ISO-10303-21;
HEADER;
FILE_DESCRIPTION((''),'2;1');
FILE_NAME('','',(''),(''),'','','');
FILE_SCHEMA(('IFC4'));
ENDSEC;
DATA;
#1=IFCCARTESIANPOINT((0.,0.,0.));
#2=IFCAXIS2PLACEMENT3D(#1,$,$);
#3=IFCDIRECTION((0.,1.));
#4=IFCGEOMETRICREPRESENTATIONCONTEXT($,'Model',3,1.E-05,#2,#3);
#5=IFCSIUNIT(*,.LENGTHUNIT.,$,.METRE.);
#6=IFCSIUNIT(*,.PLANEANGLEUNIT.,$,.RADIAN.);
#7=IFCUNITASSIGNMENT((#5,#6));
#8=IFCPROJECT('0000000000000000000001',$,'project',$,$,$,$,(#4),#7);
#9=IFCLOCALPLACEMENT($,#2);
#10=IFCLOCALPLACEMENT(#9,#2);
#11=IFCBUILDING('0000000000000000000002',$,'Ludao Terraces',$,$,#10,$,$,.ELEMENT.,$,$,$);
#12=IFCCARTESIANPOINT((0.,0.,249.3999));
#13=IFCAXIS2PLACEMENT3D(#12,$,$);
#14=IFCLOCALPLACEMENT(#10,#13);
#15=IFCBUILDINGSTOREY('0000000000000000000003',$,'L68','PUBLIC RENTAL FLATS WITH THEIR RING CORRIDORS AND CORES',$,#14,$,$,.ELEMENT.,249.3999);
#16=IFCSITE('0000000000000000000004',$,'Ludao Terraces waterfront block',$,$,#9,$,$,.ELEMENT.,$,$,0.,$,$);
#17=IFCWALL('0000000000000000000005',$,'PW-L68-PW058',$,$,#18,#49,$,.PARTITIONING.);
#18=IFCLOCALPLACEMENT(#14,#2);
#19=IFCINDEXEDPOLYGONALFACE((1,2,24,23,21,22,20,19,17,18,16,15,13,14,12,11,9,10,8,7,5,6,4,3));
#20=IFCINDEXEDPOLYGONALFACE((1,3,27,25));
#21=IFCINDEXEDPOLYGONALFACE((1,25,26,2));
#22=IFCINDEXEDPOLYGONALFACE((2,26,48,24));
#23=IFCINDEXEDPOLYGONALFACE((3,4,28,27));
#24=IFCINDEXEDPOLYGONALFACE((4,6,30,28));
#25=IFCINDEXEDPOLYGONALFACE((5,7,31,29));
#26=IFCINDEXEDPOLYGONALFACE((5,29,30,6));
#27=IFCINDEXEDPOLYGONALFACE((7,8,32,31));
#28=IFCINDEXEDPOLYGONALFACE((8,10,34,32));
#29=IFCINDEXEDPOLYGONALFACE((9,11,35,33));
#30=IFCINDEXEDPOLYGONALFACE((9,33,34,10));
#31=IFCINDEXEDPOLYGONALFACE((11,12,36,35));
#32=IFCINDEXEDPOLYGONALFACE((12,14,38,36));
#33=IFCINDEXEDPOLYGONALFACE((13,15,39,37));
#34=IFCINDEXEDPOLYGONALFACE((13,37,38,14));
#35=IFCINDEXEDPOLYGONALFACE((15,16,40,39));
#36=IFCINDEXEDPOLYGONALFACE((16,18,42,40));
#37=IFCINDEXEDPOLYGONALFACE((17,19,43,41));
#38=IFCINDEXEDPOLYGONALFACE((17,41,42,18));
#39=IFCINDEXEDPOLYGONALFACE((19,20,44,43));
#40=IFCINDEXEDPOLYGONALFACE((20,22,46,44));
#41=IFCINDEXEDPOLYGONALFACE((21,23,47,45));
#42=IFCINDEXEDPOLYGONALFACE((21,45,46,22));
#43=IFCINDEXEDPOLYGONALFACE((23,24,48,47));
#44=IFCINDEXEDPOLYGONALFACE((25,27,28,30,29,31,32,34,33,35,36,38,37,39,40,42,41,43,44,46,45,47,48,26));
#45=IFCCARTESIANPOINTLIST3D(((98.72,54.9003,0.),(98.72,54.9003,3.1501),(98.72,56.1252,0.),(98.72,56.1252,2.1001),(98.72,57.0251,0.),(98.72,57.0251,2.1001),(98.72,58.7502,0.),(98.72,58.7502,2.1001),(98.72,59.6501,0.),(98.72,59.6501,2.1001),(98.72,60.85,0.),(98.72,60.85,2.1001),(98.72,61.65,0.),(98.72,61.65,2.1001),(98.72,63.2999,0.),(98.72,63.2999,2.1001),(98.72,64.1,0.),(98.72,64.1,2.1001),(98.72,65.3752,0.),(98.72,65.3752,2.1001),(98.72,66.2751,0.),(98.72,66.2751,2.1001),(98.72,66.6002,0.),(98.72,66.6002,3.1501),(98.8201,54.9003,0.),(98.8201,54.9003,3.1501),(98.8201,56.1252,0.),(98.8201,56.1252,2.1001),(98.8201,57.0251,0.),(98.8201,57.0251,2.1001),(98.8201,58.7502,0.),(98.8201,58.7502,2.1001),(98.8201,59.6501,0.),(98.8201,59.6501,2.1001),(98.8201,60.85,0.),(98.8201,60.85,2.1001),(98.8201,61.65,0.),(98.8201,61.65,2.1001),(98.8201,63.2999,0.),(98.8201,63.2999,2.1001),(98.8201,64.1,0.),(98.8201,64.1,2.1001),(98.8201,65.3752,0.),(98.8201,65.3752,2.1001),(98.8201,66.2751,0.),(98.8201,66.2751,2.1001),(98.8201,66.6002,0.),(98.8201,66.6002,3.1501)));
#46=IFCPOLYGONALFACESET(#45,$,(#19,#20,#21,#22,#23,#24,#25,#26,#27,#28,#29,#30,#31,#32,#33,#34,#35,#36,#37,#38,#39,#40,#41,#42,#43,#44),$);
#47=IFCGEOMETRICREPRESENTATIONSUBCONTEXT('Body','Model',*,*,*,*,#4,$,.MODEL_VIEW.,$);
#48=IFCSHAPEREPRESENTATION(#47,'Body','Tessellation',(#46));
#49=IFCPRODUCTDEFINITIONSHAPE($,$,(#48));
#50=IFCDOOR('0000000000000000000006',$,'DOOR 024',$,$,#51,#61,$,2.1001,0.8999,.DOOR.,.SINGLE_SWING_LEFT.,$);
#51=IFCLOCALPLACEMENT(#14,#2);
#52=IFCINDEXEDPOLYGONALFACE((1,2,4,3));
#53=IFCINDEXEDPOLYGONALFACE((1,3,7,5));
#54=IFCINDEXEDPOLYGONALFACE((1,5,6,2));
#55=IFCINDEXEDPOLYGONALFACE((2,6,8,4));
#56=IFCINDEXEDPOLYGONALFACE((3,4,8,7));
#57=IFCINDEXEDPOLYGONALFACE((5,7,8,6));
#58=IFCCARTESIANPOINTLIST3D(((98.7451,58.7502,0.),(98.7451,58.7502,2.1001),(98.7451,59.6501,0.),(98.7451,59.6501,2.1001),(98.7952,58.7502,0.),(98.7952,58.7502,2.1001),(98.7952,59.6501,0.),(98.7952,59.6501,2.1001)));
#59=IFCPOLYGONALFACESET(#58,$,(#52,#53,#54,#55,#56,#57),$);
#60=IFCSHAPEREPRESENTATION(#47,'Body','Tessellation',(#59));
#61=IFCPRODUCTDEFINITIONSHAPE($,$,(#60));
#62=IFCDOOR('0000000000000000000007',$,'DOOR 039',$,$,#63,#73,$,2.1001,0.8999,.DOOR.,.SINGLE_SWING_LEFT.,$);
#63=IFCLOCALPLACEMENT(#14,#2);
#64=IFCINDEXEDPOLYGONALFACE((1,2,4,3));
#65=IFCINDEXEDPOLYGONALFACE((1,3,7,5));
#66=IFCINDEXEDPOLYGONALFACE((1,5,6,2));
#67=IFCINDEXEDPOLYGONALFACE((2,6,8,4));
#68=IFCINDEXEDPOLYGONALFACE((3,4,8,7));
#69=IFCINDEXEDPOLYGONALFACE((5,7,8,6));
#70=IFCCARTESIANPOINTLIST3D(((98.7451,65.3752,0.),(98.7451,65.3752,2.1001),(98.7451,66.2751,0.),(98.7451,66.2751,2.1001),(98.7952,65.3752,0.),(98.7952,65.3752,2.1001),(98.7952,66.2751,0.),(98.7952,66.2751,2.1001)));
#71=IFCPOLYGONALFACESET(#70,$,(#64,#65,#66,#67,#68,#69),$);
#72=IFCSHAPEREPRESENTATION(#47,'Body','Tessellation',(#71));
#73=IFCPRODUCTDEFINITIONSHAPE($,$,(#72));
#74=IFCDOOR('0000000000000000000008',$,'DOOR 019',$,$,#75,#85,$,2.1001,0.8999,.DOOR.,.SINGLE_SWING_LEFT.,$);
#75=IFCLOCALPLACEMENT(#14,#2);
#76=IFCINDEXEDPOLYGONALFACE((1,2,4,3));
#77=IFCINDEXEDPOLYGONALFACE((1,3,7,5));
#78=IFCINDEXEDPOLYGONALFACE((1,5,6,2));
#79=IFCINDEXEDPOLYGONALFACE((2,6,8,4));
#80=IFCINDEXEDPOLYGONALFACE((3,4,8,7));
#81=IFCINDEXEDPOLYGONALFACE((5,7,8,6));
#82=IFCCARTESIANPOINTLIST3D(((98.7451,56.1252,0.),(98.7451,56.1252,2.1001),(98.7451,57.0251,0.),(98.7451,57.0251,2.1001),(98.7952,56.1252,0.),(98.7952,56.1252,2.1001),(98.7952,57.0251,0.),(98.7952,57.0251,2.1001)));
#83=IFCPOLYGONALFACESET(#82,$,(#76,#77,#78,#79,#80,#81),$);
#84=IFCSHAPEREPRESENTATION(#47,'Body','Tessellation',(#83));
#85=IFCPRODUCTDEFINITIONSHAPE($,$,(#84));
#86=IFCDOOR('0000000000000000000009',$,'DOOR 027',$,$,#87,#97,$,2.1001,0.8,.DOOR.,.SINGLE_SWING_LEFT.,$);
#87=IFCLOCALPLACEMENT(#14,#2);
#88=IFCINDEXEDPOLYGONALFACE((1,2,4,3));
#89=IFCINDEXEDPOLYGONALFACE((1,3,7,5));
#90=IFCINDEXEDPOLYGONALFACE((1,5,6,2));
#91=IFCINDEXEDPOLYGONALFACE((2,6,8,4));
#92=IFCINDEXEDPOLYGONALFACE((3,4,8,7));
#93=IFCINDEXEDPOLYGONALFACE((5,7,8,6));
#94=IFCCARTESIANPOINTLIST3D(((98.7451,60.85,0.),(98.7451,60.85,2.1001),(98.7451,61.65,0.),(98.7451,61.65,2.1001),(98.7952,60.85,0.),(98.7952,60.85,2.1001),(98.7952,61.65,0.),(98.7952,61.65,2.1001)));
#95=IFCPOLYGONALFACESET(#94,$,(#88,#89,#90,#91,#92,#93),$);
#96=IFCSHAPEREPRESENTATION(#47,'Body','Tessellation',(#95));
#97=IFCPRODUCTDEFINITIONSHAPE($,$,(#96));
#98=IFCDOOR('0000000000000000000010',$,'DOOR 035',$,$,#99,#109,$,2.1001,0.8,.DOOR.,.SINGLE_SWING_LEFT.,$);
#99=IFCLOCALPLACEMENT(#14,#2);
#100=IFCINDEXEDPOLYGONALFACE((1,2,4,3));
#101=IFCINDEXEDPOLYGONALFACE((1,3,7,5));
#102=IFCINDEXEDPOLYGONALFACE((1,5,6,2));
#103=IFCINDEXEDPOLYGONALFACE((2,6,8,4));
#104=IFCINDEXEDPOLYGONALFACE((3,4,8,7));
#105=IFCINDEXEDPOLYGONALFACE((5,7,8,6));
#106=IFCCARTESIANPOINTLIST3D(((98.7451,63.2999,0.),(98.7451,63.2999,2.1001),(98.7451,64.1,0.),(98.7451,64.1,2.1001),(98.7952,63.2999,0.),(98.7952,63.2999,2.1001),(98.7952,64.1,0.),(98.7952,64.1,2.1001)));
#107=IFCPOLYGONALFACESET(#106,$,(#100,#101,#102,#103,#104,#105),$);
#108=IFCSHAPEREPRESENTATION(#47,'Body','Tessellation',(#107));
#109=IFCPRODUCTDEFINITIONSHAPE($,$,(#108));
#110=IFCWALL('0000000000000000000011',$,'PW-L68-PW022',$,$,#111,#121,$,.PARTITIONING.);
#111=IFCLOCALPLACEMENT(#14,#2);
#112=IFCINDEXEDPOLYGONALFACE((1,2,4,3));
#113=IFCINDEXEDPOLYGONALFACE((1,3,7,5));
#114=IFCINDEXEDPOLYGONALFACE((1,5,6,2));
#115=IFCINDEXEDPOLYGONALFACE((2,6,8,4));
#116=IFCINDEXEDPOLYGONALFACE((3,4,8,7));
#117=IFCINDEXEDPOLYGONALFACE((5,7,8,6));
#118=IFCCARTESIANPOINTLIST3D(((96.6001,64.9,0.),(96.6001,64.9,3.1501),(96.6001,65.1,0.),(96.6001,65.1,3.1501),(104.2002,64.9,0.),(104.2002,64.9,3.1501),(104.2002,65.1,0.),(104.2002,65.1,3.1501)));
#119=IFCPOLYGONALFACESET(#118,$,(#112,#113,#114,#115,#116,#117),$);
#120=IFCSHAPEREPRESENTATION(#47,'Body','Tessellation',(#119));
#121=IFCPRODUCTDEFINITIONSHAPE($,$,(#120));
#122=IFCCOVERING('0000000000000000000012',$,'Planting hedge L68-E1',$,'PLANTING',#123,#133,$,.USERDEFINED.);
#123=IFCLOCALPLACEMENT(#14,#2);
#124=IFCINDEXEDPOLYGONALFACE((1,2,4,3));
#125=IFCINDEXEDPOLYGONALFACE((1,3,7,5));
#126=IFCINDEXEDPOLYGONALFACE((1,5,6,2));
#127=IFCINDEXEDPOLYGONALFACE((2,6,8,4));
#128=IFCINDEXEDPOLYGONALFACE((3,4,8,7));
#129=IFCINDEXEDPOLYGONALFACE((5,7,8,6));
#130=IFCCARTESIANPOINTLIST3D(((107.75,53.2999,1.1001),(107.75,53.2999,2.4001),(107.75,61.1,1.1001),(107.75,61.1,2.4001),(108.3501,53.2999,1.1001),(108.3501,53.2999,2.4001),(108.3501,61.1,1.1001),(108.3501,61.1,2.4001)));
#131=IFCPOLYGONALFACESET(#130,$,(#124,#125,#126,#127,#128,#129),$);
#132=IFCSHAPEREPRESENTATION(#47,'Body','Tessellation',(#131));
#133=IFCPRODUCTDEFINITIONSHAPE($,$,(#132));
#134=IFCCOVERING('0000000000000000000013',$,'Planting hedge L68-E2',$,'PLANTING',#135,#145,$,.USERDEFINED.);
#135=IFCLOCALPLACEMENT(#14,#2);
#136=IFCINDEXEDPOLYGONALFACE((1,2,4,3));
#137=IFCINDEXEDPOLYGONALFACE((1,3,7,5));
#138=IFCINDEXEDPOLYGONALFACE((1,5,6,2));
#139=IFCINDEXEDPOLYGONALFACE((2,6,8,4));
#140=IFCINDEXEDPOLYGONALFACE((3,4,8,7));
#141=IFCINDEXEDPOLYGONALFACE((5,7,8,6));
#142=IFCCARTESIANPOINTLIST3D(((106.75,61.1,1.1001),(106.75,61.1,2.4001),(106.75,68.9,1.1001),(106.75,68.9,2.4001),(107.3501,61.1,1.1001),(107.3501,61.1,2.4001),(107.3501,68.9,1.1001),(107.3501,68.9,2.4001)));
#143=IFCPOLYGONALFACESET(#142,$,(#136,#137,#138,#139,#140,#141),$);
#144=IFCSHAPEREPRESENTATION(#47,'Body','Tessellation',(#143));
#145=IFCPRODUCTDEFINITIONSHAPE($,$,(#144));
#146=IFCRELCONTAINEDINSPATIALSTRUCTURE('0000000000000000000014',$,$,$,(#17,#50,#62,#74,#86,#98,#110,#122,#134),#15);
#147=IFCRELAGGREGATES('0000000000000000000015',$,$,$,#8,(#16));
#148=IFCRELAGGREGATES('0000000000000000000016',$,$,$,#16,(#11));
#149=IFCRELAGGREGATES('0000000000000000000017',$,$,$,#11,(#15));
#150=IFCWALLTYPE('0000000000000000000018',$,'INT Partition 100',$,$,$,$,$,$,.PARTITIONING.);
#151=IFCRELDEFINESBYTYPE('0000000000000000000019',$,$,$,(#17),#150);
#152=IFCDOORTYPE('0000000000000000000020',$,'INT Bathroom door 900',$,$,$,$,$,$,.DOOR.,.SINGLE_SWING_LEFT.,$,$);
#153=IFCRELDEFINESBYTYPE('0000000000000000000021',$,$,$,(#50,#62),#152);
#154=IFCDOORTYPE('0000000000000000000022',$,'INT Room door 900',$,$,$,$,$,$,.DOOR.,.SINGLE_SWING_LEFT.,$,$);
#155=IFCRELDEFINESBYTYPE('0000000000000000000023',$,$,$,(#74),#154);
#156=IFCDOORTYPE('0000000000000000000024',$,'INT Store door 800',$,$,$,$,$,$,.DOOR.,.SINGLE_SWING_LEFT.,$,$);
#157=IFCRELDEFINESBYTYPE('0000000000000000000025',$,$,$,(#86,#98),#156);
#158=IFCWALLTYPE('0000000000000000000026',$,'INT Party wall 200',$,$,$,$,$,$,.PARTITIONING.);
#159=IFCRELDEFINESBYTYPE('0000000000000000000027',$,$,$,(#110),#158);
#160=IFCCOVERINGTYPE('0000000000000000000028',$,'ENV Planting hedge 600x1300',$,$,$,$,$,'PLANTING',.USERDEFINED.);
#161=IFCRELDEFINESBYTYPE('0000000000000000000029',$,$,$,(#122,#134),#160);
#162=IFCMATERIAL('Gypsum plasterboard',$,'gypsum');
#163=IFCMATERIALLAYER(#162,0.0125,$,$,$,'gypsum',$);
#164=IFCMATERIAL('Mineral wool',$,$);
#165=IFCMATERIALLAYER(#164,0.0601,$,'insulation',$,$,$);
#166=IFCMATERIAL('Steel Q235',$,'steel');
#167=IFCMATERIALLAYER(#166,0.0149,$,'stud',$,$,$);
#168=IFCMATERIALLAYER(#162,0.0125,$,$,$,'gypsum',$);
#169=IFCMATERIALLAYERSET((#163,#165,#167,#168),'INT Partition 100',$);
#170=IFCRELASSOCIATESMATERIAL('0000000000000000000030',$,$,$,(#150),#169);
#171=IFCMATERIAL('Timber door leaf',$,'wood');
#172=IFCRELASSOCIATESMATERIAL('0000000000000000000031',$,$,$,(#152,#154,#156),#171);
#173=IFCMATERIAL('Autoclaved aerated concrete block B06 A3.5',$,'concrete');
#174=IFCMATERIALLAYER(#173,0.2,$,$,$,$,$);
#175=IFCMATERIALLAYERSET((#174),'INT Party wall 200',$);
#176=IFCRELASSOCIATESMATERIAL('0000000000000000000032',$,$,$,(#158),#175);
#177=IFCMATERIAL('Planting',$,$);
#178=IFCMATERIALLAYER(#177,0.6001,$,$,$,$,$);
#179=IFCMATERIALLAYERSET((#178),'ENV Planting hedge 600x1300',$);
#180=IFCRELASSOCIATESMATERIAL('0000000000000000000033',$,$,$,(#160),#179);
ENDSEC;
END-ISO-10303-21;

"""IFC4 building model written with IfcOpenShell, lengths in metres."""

from ifc_helpers import new_model, si_unit, direction, frame, frame_2d, origin, origin_2d, place, context, subcontext, project, spatial, rectangle, extrude, material, layer, layer_set, type_object, element, fill, save


model = new_model("IFC4")

# Units and contexts
model_context = context("Model", 3, precision=1e-05, world=origin(), true_north=direction((0.0, 1.0)))
body_context = subcontext(model_context, "Body", "Model", "MODEL_VIEW")
ifc_project = project(units=[si_unit("LENGTHUNIT", "METRE"), si_unit("PLANEANGLEUNIT", "RADIAN")], contexts=[model_context])

# Site, building, storey
site_placement = place(None, origin())
site = spatial("IfcSite", under=ifc_project, at=site_placement, Name="Ludao Terraces waterfront block", CompositionType="ELEMENT", RefElevation=0.0)
building_placement = place(site_placement, origin())
building = spatial("IfcBuilding", under=site, at=building_placement, Name="Ludao Terraces", CompositionType="ELEMENT")
storey_placement = place(building_placement, frame((0.0, 0.0, 249.3999)))
storey = spatial("IfcBuildingStorey", under=building, at=storey_placement, Name="L68", Description="PUBLIC RENTAL FLATS WITH THEIR RING CORRIDORS AND CORES", CompositionType="ELEMENT", Elevation=249.3999)

# Shared definitions
ifc_material_1 = material(Name="Mineral wool")

# Shared definitions
ifc_material_2 = material(Name="Gypsum plasterboard", Category="gypsum")
ifc_layer_1 = layer(ifc_material_2, 0.0125, Category="gypsum")
ifc_layer_2 = layer(ifc_material_1, 0.0601, Name="insulation")
ifc_material_3 = material(Name="Steel Q235", Category="steel")
ifc_layer_3 = layer(ifc_material_3, 0.0149, Name="stud")
ifc_layer_4 = layer(ifc_material_2, 0.0125, Category="gypsum")
ifc_layer_set_1 = layer_set([ifc_layer_1, ifc_layer_2, ifc_layer_3, ifc_layer_4], Name="INT Partition 100")
wall_type_1 = type_object("IfcWallType", Name="INT Partition 100", PredefinedType="PARTITIONING", material=ifc_layer_set_1)

# Wall, openings, doors
wall_1_placement = place(storey_placement, frame((98.77, 54.9001, 0.0), z_axis=(0.0, 0.0, 1.0), x_axis=(0.0, 1.0, 0.0)))
wall_1 = element("IfcWall", 1, at=wall_1_placement, inside=storey, type_object=wall_type_1, Name="PW-L68-PW058", PredefinedType="PARTITIONING", context=body_context, shape_type="SweptSolid", body=[
    extrude(rectangle(XDim=11.7, YDim=0.1001, at=frame_2d((5.8501, 0.0))), origin(), (0.0, 0.0, 1.0), 3.1501),
])
opening_1_placement = place(wall_1_placement, frame((1.2251, 0.0, 0.0)))
opening_1 = element("IfcOpeningElement", 2, at=opening_1_placement, cuts=wall_1, PredefinedType="OPENING", context=body_context, shape_type="SweptSolid", body=[
    extrude(rectangle(XDim=0.8999, YDim=2.1001, at=frame_2d((0.45, 1.05))), frame((0.0, 0.0601, 0.0), z_axis=(0.0, -1.0, 0.0), x_axis=(1.0, 0.0, 0.0)), (0.0, 0.0, 1.0), 0.1201),
])
opening_2_placement = place(wall_1_placement, frame((3.8501, 0.0, 0.0)))
opening_2 = element("IfcOpeningElement", 3, at=opening_2_placement, cuts=wall_1, PredefinedType="OPENING", context=body_context, shape_type="SweptSolid", body=[
    extrude(rectangle(XDim=0.8999, YDim=2.1001, at=frame_2d((0.45, 1.05))), frame((0.0, 0.0601, 0.0), z_axis=(0.0, -1.0, 0.0), x_axis=(1.0, 0.0, 0.0)), (0.0, 0.0, 1.0), 0.1201),
])
opening_3_placement = place(wall_1_placement, frame((5.95, 0.0, 0.0)))
opening_3 = element("IfcOpeningElement", 4, at=opening_3_placement, cuts=wall_1, PredefinedType="OPENING", context=body_context, shape_type="SweptSolid", body=[
    extrude(rectangle(XDim=0.8, YDim=2.1001, at=frame_2d((0.3999, 1.05))), frame((0.0, 0.0601, 0.0), z_axis=(0.0, -1.0, 0.0), x_axis=(1.0, 0.0, 0.0)), (0.0, 0.0, 1.0), 0.1201),
])
opening_4_placement = place(wall_1_placement, frame((8.3999, 0.0, 0.0)))
opening_4 = element("IfcOpeningElement", 5, at=opening_4_placement, cuts=wall_1, PredefinedType="OPENING", context=body_context, shape_type="SweptSolid", body=[
    extrude(rectangle(XDim=0.8, YDim=2.1001, at=frame_2d((0.3999, 1.05))), frame((0.0, 0.0601, 0.0), z_axis=(0.0, -1.0, 0.0), x_axis=(1.0, 0.0, 0.0)), (0.0, 0.0, 1.0), 0.1201),
])
opening_5_placement = place(wall_1_placement, frame((10.4751, 0.0, 0.0)))
opening_5 = element("IfcOpeningElement", 6, at=opening_5_placement, cuts=wall_1, PredefinedType="OPENING", context=body_context, shape_type="SweptSolid", body=[
    extrude(rectangle(XDim=0.8999, YDim=2.1001, at=frame_2d((0.45, 1.05))), frame((0.0, 0.0601, 0.0), z_axis=(0.0, -1.0, 0.0), x_axis=(1.0, 0.0, 0.0)), (0.0, 0.0, 1.0), 0.1201),
])
ifc_material_4 = material(Name="Timber door leaf", Category="wood")
door_type_1 = type_object("IfcDoorType", Name="INT Bathroom door 900", OperationType="SINGLE_SWING_LEFT", PredefinedType="DOOR", material=ifc_material_4)
door_1_placement = place(opening_2_placement, origin())
door_1 = element("IfcDoor", 7, at=door_1_placement, inside=storey, type_object=door_type_1, Name="DOOR 024", OperationType="SINGLE_SWING_LEFT", OverallHeight=2.1001, OverallWidth=0.8999, PredefinedType="DOOR", context=body_context, shape_type="SweptSolid", body=[
    extrude(rectangle(XDim=0.8999, YDim=2.1001, at=frame_2d((0.45, 1.05))), frame((0.0, 0.0249, 0.0), z_axis=(0.0, -1.0, 0.0), x_axis=(1.0, 0.0, 0.0)), (0.0, 0.0, 1.0), 0.05),
])
fill(opening_2, door_1)
door_2_placement = place(opening_5_placement, origin())
door_2 = element("IfcDoor", 8, at=door_2_placement, inside=storey, type_object=door_type_1, Name="DOOR 039", OperationType="SINGLE_SWING_LEFT", OverallHeight=2.1001, OverallWidth=0.8999, PredefinedType="DOOR", context=body_context, shape_type="SweptSolid", body=[
    extrude(rectangle(XDim=0.8999, YDim=2.1001, at=frame_2d((0.45, 1.05))), frame((0.0, 0.0249, 0.0), z_axis=(0.0, -1.0, 0.0), x_axis=(1.0, 0.0, 0.0)), (0.0, 0.0, 1.0), 0.05),
])
fill(opening_5, door_2)
door_type_2 = type_object("IfcDoorType", Name="INT Room door 900", OperationType="SINGLE_SWING_LEFT", PredefinedType="DOOR", material=ifc_material_4)
door_3_placement = place(opening_1_placement, origin())
door_3 = element("IfcDoor", 9, at=door_3_placement, inside=storey, type_object=door_type_2, Name="DOOR 019", OperationType="SINGLE_SWING_LEFT", OverallHeight=2.1001, OverallWidth=0.8999, PredefinedType="DOOR", context=body_context, shape_type="SweptSolid", body=[
    extrude(rectangle(XDim=0.8999, YDim=2.1001, at=frame_2d((0.45, 1.05))), frame((0.0, 0.0249, 0.0), z_axis=(0.0, -1.0, 0.0), x_axis=(1.0, 0.0, 0.0)), (0.0, 0.0, 1.0), 0.05),
])
fill(opening_1, door_3)
door_type_3 = type_object("IfcDoorType", Name="INT Store door 800", OperationType="SINGLE_SWING_LEFT", PredefinedType="DOOR", material=ifc_material_4)
door_4_placement = place(opening_3_placement, origin())
door_4 = element("IfcDoor", 10, at=door_4_placement, inside=storey, type_object=door_type_3, Name="DOOR 027", OperationType="SINGLE_SWING_LEFT", OverallHeight=2.1001, OverallWidth=0.8, PredefinedType="DOOR", context=body_context, shape_type="SweptSolid", body=[
    extrude(rectangle(XDim=0.8, YDim=2.1001, at=frame_2d((0.3999, 1.05))), frame((0.0, 0.0249, 0.0), z_axis=(0.0, -1.0, 0.0), x_axis=(1.0, 0.0, 0.0)), (0.0, 0.0, 1.0), 0.05),
])
fill(opening_3, door_4)
door_5_placement = place(opening_4_placement, origin())
door_5 = element("IfcDoor", 11, at=door_5_placement, inside=storey, type_object=door_type_3, Name="DOOR 035", OperationType="SINGLE_SWING_LEFT", OverallHeight=2.1001, OverallWidth=0.8, PredefinedType="DOOR", context=body_context, shape_type="SweptSolid", body=[
    extrude(rectangle(XDim=0.8, YDim=2.1001, at=frame_2d((0.3999, 1.05))), frame((0.0, 0.0249, 0.0), z_axis=(0.0, -1.0, 0.0), x_axis=(1.0, 0.0, 0.0)), (0.0, 0.0, 1.0), 0.05),
])
fill(opening_4, door_5)

# Wall
ifc_material_5 = material(Name="Autoclaved aerated concrete block B06 A3.5", Category="concrete")
ifc_layer_5 = layer(ifc_material_5, 0.2)
ifc_layer_set_2 = layer_set([ifc_layer_5], Name="INT Party wall 200")
wall_type_2 = type_object("IfcWallType", Name="INT Party wall 200", PredefinedType="PARTITIONING", material=ifc_layer_set_2)
wall_2_placement = place(storey_placement, frame((96.6001, 65.0, 0.0), z_axis=(0.0, 0.0, 1.0), x_axis=(1.0, 0.0, 0.0)))
element("IfcWall", 12, at=wall_2_placement, inside=storey, type_object=wall_type_2, Name="PW-L68-PW022", PredefinedType="PARTITIONING", context=body_context, shape_type="SweptSolid", body=[
    extrude(rectangle(XDim=7.6001, YDim=0.2, at=frame_2d((3.8, 0.0))), origin(), (0.0, 0.0, 1.0), 3.1501),
])

# Coverings
ifc_material_6 = material(Name="Planting")
ifc_layer_6 = layer(ifc_material_6, 0.6001)
ifc_layer_set_3 = layer_set([ifc_layer_6], Name="ENV Planting hedge 600x1300")
covering_type = type_object("IfcCoveringType", Name="ENV Planting hedge 600x1300", ElementType="PLANTING", PredefinedType="USERDEFINED", material=ifc_layer_set_3)
for number, where, z_axis, x_axis, name in (
    (13, (108.05, 57.2, 1.1001), (0.0, 0.0, 1.0), (1.0, 0.0, 0.0), "Planting hedge L68-E1"),
    (14, (107.05, 65.0, 1.1001), (0.0, 0.0, 1.0), (1.0, 0.0, 0.0), "Planting hedge L68-E2"),
):
    element("IfcCovering", number, at=place(storey_placement, frame(where, z_axis=z_axis, x_axis=x_axis)), inside=storey, type_object=covering_type, Name=name, ObjectType="PLANTING", PredefinedType="USERDEFINED", context=body_context, shape_type="SweptSolid", body=[
        extrude(rectangle(XDim=0.6001, YDim=7.8, at=origin_2d()), origin(), (0.0, 0.0, 1.0), 1.3),
    ])

save(model, "model.ifc")
